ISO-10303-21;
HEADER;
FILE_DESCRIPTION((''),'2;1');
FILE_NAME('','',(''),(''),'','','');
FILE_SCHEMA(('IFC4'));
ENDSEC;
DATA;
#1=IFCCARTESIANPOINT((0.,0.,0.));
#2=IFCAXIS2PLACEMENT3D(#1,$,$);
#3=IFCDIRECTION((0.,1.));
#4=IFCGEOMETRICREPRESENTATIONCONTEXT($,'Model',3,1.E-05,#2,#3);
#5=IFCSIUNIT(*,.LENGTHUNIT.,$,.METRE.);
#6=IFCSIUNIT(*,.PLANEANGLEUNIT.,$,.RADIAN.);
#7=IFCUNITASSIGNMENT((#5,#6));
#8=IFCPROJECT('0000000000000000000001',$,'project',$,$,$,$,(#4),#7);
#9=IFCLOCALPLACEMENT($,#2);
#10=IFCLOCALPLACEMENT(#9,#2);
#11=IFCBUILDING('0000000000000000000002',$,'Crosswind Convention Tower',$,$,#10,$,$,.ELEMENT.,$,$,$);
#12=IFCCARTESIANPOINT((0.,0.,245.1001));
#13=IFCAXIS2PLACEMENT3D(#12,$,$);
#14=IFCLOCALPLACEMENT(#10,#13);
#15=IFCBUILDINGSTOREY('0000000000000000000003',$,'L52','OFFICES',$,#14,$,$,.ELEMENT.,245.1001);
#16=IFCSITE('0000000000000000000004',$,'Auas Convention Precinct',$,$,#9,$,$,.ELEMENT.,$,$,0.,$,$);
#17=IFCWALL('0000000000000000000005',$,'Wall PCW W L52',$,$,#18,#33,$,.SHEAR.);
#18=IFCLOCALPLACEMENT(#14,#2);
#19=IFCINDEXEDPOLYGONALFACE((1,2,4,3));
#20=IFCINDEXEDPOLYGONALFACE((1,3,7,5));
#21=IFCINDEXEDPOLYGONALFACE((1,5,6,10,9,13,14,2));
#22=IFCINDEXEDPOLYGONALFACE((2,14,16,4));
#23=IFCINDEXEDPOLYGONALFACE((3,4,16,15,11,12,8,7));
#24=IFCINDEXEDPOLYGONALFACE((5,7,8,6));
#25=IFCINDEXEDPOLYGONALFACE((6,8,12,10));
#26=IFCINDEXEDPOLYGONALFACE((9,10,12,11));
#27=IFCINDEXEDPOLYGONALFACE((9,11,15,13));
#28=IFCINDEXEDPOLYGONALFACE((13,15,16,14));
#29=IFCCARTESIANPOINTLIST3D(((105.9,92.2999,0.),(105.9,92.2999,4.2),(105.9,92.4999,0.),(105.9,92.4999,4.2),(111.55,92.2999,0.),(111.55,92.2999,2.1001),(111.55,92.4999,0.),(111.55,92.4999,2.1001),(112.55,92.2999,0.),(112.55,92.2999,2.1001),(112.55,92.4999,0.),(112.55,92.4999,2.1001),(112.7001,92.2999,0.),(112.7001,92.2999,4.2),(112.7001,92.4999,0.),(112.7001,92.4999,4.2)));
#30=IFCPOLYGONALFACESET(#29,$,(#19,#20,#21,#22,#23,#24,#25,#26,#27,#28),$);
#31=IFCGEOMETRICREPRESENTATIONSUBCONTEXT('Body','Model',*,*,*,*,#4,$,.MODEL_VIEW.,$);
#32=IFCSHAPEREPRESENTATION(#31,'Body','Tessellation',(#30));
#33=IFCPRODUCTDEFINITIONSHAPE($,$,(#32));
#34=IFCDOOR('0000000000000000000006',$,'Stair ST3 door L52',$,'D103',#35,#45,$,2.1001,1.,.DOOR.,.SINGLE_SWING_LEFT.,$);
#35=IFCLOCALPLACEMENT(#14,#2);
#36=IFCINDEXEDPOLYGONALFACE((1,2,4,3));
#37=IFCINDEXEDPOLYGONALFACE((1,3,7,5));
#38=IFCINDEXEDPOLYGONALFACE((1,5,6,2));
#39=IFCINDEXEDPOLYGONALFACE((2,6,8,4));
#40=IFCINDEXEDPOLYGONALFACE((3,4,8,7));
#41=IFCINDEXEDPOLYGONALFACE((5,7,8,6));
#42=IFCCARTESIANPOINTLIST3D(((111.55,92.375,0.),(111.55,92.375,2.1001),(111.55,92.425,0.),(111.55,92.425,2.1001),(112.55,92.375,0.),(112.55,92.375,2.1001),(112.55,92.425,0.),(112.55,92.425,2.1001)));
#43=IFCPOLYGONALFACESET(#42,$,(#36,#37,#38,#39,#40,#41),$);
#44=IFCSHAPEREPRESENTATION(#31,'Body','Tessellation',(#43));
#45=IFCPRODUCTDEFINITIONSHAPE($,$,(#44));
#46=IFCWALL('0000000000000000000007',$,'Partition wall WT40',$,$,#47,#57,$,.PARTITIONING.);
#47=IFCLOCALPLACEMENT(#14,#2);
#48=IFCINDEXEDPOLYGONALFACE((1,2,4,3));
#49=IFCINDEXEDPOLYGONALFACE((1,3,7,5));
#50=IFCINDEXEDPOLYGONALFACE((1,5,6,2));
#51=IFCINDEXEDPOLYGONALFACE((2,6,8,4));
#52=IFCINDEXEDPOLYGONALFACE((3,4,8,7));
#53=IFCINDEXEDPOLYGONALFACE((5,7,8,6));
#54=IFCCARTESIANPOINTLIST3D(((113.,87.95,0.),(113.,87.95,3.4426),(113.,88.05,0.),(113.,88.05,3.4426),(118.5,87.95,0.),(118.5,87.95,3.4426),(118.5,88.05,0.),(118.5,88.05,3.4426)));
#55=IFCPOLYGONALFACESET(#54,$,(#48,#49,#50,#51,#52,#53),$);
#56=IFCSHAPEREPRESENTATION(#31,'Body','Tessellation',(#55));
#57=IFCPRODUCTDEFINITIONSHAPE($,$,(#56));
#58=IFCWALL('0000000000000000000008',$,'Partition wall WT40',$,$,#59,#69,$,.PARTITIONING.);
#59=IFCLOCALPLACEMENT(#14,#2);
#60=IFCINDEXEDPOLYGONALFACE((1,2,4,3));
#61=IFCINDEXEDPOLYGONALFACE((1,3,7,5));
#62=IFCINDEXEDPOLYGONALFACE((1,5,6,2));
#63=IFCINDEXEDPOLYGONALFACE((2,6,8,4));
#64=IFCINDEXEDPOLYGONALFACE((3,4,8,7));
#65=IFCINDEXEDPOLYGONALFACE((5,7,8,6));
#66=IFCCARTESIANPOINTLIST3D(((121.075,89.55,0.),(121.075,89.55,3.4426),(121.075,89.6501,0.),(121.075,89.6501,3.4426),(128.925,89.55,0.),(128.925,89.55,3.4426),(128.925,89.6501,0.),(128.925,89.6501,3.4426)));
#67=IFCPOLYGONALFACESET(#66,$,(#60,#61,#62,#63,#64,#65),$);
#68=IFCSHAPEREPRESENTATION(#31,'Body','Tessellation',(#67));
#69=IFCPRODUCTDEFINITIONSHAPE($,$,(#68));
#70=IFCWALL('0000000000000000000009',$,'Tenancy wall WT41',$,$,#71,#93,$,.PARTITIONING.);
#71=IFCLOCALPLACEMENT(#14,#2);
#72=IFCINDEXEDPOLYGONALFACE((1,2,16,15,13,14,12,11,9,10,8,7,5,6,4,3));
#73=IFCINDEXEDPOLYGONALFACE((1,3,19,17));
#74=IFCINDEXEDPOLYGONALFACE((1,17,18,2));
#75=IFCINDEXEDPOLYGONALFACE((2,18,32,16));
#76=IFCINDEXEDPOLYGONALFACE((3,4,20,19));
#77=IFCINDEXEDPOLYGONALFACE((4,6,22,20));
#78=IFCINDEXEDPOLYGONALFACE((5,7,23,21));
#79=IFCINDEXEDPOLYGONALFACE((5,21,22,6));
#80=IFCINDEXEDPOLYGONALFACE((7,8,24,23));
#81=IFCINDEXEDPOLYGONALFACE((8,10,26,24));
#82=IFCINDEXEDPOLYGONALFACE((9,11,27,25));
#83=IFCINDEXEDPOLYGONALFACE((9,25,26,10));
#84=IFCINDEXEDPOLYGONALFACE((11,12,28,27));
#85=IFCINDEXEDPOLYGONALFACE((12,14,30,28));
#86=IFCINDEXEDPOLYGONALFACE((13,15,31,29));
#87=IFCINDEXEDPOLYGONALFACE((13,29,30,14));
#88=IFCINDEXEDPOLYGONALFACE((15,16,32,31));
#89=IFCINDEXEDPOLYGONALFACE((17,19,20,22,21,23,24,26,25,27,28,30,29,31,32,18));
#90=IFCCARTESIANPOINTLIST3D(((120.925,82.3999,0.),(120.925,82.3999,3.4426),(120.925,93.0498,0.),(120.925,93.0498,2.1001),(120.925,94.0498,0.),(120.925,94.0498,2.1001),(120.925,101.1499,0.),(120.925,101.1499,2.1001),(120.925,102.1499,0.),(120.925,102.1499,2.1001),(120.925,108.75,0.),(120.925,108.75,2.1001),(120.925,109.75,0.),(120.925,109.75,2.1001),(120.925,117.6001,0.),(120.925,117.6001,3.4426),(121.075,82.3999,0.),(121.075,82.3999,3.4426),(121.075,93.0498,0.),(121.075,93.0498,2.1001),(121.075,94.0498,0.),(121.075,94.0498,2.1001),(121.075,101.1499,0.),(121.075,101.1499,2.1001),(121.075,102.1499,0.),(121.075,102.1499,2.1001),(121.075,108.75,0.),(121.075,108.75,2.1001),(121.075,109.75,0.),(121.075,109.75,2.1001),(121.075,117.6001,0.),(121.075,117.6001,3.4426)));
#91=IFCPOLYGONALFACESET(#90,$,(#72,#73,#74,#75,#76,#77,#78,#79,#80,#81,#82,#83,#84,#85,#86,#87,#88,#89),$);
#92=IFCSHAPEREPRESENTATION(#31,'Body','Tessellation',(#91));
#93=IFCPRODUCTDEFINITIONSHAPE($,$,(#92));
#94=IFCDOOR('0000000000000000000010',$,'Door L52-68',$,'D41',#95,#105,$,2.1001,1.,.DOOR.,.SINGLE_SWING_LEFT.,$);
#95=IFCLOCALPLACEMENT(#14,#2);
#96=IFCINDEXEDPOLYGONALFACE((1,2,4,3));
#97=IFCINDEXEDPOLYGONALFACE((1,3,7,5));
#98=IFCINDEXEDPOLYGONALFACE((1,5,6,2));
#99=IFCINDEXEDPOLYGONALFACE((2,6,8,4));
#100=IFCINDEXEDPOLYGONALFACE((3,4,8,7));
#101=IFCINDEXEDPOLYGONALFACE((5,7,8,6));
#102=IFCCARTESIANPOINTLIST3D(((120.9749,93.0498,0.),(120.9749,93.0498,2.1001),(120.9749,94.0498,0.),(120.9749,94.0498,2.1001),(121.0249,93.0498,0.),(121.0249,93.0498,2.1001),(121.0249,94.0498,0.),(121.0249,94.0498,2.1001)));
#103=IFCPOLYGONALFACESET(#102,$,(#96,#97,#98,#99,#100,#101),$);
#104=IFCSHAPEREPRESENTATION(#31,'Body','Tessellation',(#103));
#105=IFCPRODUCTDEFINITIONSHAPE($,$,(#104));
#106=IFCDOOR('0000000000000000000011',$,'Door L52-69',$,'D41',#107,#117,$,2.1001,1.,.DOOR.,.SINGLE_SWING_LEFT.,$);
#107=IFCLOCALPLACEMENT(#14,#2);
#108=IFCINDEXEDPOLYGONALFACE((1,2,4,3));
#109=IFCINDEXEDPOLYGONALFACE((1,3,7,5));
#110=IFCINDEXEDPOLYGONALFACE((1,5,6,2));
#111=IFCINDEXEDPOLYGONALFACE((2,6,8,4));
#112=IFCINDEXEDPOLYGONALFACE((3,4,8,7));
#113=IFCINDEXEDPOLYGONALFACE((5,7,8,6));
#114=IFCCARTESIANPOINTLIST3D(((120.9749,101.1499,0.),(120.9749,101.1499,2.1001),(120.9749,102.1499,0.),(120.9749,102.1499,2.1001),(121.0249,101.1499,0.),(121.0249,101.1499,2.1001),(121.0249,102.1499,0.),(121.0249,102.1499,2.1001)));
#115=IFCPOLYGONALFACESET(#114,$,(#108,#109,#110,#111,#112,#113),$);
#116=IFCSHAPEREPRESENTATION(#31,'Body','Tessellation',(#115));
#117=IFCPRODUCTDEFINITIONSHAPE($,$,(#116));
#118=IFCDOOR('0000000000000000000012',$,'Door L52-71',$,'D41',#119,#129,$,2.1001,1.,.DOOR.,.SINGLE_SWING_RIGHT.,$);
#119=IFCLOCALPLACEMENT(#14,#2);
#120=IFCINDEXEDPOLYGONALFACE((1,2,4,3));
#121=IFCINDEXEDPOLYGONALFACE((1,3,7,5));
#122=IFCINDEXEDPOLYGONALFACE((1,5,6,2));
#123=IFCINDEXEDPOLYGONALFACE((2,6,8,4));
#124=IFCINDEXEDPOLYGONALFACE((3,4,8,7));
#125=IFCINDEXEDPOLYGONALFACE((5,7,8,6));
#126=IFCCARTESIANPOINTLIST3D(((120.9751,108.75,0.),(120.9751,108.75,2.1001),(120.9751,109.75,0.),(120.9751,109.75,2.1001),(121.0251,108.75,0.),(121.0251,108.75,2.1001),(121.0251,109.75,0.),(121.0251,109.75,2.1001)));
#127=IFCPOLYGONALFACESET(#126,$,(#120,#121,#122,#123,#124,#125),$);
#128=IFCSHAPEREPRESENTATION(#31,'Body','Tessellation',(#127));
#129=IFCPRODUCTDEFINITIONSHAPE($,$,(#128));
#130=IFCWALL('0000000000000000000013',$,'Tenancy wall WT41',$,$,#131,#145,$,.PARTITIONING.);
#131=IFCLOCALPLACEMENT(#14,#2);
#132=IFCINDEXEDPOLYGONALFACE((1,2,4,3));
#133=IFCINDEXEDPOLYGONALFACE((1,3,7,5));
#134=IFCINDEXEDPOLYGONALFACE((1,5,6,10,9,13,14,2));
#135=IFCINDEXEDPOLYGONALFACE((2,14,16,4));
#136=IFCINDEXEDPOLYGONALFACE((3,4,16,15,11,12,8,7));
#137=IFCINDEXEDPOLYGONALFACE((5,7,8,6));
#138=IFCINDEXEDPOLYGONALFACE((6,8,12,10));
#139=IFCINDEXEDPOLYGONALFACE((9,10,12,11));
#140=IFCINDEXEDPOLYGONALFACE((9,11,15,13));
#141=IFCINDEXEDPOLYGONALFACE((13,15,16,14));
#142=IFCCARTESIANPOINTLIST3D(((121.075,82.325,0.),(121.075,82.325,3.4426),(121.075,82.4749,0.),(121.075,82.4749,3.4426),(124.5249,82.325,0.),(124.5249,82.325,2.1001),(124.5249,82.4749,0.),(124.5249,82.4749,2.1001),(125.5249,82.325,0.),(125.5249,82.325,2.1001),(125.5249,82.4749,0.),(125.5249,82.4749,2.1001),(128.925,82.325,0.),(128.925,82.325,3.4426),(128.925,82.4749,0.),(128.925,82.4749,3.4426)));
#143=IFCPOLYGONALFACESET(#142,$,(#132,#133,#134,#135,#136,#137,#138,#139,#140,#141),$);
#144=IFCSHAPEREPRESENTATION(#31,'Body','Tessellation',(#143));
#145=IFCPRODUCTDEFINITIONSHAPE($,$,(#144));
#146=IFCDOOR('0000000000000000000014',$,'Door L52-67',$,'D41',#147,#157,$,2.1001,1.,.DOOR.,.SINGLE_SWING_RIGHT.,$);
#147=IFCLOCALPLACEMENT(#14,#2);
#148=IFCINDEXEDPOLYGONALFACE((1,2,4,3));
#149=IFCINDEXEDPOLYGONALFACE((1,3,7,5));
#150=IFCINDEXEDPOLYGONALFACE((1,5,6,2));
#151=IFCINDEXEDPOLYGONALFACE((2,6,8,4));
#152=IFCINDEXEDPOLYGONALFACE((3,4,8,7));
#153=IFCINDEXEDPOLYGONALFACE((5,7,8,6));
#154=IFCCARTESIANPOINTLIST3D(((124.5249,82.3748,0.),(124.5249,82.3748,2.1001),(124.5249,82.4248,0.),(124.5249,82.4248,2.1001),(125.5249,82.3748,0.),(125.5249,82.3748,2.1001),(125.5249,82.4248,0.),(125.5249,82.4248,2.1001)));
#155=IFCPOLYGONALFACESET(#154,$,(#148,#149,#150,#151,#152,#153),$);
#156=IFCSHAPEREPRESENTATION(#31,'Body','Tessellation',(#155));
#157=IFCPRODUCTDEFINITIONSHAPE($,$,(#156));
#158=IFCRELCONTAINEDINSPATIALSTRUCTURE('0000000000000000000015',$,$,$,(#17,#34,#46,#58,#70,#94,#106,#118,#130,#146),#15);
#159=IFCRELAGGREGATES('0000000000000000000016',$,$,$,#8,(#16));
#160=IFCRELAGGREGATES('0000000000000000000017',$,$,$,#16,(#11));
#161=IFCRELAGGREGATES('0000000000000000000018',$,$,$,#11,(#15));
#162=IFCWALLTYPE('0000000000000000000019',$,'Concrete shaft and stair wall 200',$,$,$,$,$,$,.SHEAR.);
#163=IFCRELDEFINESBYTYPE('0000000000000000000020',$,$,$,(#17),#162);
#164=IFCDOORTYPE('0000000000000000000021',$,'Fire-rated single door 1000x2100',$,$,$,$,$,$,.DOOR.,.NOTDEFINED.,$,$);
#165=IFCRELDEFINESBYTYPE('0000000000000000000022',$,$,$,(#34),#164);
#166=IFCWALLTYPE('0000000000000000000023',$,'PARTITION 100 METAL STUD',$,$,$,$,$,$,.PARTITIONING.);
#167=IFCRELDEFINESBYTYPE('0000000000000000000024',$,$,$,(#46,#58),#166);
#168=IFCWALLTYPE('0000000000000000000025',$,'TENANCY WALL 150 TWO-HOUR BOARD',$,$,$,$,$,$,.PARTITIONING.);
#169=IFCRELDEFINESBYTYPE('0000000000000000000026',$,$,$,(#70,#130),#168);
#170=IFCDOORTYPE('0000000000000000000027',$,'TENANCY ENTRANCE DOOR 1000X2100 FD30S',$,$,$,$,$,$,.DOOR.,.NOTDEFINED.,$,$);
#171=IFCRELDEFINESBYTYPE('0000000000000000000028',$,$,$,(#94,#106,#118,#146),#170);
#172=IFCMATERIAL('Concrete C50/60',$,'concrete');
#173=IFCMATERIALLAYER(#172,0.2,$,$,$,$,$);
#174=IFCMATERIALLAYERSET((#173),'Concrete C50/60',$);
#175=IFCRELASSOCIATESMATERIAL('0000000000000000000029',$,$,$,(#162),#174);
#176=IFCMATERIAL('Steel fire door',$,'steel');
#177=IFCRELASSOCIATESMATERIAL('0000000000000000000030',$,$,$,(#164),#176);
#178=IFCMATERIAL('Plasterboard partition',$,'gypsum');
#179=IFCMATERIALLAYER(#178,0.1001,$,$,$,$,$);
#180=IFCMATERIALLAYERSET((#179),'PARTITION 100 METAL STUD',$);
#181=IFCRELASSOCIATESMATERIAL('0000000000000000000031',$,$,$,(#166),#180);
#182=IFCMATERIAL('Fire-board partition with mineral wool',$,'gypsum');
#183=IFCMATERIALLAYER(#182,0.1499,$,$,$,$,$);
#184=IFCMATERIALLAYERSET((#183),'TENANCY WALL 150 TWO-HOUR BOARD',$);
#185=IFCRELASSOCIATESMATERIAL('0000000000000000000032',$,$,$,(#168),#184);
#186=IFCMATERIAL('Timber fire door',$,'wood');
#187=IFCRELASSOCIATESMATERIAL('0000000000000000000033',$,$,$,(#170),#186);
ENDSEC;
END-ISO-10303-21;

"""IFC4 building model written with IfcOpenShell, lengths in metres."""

from ifc_helpers import new_model, si_unit, direction, frame, frame_2d, origin, place, context, subcontext, project, spatial, rectangle, extrude, material, layer, layer_set, type_object, element, fill, save


model = new_model("IFC4")

# Units and contexts
model_context = context("Model", 3, precision=1e-05, world=origin(), true_north=direction((0.0, 1.0)))
body_context = subcontext(model_context, "Body", "Model", "MODEL_VIEW")
ifc_project = project(units=[si_unit("LENGTHUNIT", "METRE"), si_unit("PLANEANGLEUNIT", "RADIAN")], contexts=[model_context])

# Site, building, storey
site_placement = place(None, origin())
site = spatial("IfcSite", under=ifc_project, at=site_placement, Name="Auas Convention Precinct", CompositionType="ELEMENT", RefElevation=0.0)
building_placement = place(site_placement, origin())
building = spatial("IfcBuilding", under=site, at=building_placement, Name="Crosswind Convention Tower", CompositionType="ELEMENT")
storey_placement = place(building_placement, frame((0.0, 0.0, 245.1001)))
storey = spatial("IfcBuildingStorey", under=building, at=storey_placement, Name="L52", Description="OFFICES", CompositionType="ELEMENT", Elevation=245.1001)

# Shared definitions
ifc_material_1 = material(Name="Concrete C50/60", Category="concrete")

# Wall, opening, door
ifc_layer_1 = layer(ifc_material_1, 0.2)
ifc_layer_set_1 = layer_set([ifc_layer_1], Name="Concrete C50/60")
wall_type_1 = type_object("IfcWallType", Name="Concrete shaft and stair wall 200", PredefinedType="SHEAR", material=ifc_layer_set_1)
ifc_material_2 = material(Name="Steel fire door", Category="steel")
wall_1_placement = place(storey_placement, frame((112.7, 92.3999, 0.0), z_axis=(0.0, 0.0, 1.0), x_axis=(-1.0, 0.0, 0.0)))
wall_1 = element("IfcWall", 1, at=wall_1_placement, inside=storey, type_object=wall_type_1, Name="Wall PCW W L52", PredefinedType="SHEAR", context=body_context, shape_type="SweptSolid", body=[
    extrude(rectangle(XDim=6.8, YDim=0.2, at=frame_2d((3.3999, 0.0))), origin(), (0.0, 0.0, 1.0), 4.2),
])
opening_1_placement = place(wall_1_placement, frame((0.1499, 0.0, 0.0)))
opening_1 = element("IfcOpeningElement", 2, at=opening_1_placement, cuts=wall_1, PredefinedType="OPENING", context=body_context, shape_type="SweptSolid", body=[
    extrude(rectangle(XDim=1.0, YDim=2.1001, at=frame_2d((0.5, 1.05))), frame((0.0, 0.1099, 0.0), z_axis=(0.0, -1.0, 0.0), x_axis=(1.0, 0.0, 0.0)), (0.0, 0.0, 1.0), 0.22),
])
door_type_1 = type_object("IfcDoorType", Name="Fire-rated single door 1000x2100", OperationType="NOTDEFINED", PredefinedType="DOOR", material=ifc_material_2)
door_1_placement = place(opening_1_placement, origin())
door_1 = element("IfcDoor", 3, at=door_1_placement, inside=storey, type_object=door_type_1, Name="Stair ST3 door L52", ObjectType="D103", OperationType="SINGLE_SWING_LEFT", OverallHeight=2.1001, OverallWidth=1.0, PredefinedType="DOOR", context=body_context, shape_type="SweptSolid", body=[
    extrude(rectangle(XDim=1.0, YDim=2.1001, at=frame_2d((0.5, 1.05))), frame((0.0, 0.0249, 0.0), z_axis=(0.0, -1.0, 0.0), x_axis=(1.0, 0.0, 0.0)), (0.0, 0.0, 1.0), 0.05),
])
fill(opening_1, door_1)

# Walls
ifc_material_3 = material(Name="Plasterboard partition", Category="gypsum")
ifc_layer_2 = layer(ifc_material_3, 0.1001)
ifc_layer_set_2 = layer_set([ifc_layer_2], Name="PARTITION 100 METAL STUD")
wall_type_2 = type_object("IfcWallType", Name="PARTITION 100 METAL STUD", PredefinedType="PARTITIONING", material=ifc_layer_set_2)
wall_2_placement = place(storey_placement, frame((113.0, 88.0, 0.0), z_axis=(0.0, 0.0, 1.0), x_axis=(1.0, 0.0, 0.0)))
element("IfcWall", 4, at=wall_2_placement, inside=storey, type_object=wall_type_2, Name="Partition wall WT40", PredefinedType="PARTITIONING", context=body_context, shape_type="SweptSolid", body=[
    extrude(rectangle(XDim=5.5, YDim=0.1001, at=frame_2d((2.75, 0.0))), origin(), (0.0, 0.0, 1.0), 3.4426),
])
wall_3_placement = place(storey_placement, frame((121.075, 89.6001, 0.0), z_axis=(0.0, 0.0, 1.0), x_axis=(1.0, 0.0, 0.0)))
element("IfcWall", 5, at=wall_3_placement, inside=storey, type_object=wall_type_2, Name="Partition wall WT40", PredefinedType="PARTITIONING", context=body_context, shape_type="SweptSolid", body=[
    extrude(rectangle(XDim=7.8501, YDim=0.1001, at=frame_2d((3.925, 0.0))), origin(), (0.0, 0.0, 1.0), 3.4426),
])

# Wall, openings, doors
ifc_material_4 = material(Name="Fire-board partition with mineral wool", Category="gypsum")
ifc_layer_3 = layer(ifc_material_4, 0.1499)
ifc_layer_set_3 = layer_set([ifc_layer_3], Name="TENANCY WALL 150 TWO-HOUR BOARD")
wall_type_3 = type_object("IfcWallType", Name="TENANCY WALL 150 TWO-HOUR BOARD", PredefinedType="PARTITIONING", material=ifc_layer_set_3)
wall_4_placement = place(storey_placement, frame((121.0, 82.3999, 0.0), z_axis=(0.0, 0.0, 1.0), x_axis=(0.0, 1.0, 0.0)))
wall_4 = element("IfcWall", 6, at=wall_4_placement, inside=storey, type_object=wall_type_3, Name="Tenancy wall WT41", PredefinedType="PARTITIONING", context=body_context, shape_type="SweptSolid", body=[
    extrude(rectangle(XDim=35.2002, YDim=0.1499, at=frame_2d((17.6001, 0.0))), origin(), (0.0, 0.0, 1.0), 3.4426),
])
opening_2_placement = place(wall_4_placement, frame((10.6499, 0.0, 0.0)))
opening_2 = element("IfcOpeningElement", 7, at=opening_2_placement, cuts=wall_4, PredefinedType="OPENING", context=body_context, shape_type="SweptSolid", body=[
    extrude(rectangle(XDim=1.0, YDim=2.1001, at=frame_2d((0.5, 1.05))), frame((0.0, 0.085, 0.0), z_axis=(0.0, -1.0, 0.0), x_axis=(1.0, 0.0, 0.0)), (0.0, 0.0, 1.0), 0.1699),
])
opening_3_placement = place(wall_4_placement, frame((18.75, 0.0, 0.0)))
opening_3 = element("IfcOpeningElement", 8, at=opening_3_placement, cuts=wall_4, PredefinedType="OPENING", context=body_context, shape_type="SweptSolid", body=[
    extrude(rectangle(XDim=1.0, YDim=2.1001, at=frame_2d((0.5, 1.05))), frame((0.0, 0.085, 0.0), z_axis=(0.0, -1.0, 0.0), x_axis=(1.0, 0.0, 0.0)), (0.0, 0.0, 1.0), 0.1699),
])
opening_4_placement = place(wall_4_placement, frame((26.3501, 0.0, 0.0)))
opening_4 = element("IfcOpeningElement", 9, at=opening_4_placement, cuts=wall_4, PredefinedType="OPENING", context=body_context, shape_type="SweptSolid", body=[
    extrude(rectangle(XDim=1.0, YDim=2.1001, at=frame_2d((0.5, 1.05))), frame((0.0, 0.085, 0.0), z_axis=(0.0, -1.0, 0.0), x_axis=(1.0, 0.0, 0.0)), (0.0, 0.0, 1.0), 0.1699),
])
ifc_material_5 = material(Name="Timber fire door", Category="wood")
door_type_2 = type_object("IfcDoorType", Name="TENANCY ENTRANCE DOOR 1000X2100 FD30S", OperationType="NOTDEFINED", PredefinedType="DOOR", material=ifc_material_5)
door_2_placement = place(opening_2_placement, frame((1.0, 0.0, 0.0), z_axis=(0.0, 0.0, 1.0), x_axis=(-1.0, 0.0, 0.0)))
door_2 = element("IfcDoor", 10, at=door_2_placement, inside=storey, type_object=door_type_2, Name="Door L52-68", ObjectType="D41", OperationType="SINGLE_SWING_LEFT", OverallHeight=2.1001, OverallWidth=1.0, PredefinedType="DOOR", context=body_context, shape_type="SweptSolid", body=[
    extrude(rectangle(XDim=1.0, YDim=2.1001, at=frame_2d((0.5, 1.05))), frame((0.0, 0.0249, 0.0), z_axis=(0.0, -1.0, 0.0), x_axis=(1.0, 0.0, 0.0)), (0.0, 0.0, 1.0), 0.05),
])
fill(opening_2, door_2)
door_3_placement = place(opening_3_placement, frame((1.0, 0.0, 0.0), z_axis=(0.0, 0.0, 1.0), x_axis=(-1.0, 0.0, 0.0)))
door_3 = element("IfcDoor", 11, at=door_3_placement, inside=storey, type_object=door_type_2, Name="Door L52-69", ObjectType="D41", OperationType="SINGLE_SWING_LEFT", OverallHeight=2.1001, OverallWidth=1.0, PredefinedType="DOOR", context=body_context, shape_type="SweptSolid", body=[
    extrude(rectangle(XDim=1.0, YDim=2.1001, at=frame_2d((0.5, 1.05))), frame((0.0, 0.0249, 0.0), z_axis=(0.0, -1.0, 0.0), x_axis=(1.0, 0.0, 0.0)), (0.0, 0.0, 1.0), 0.05),
])
fill(opening_3, door_3)
door_4_placement = place(opening_4_placement, origin())
door_4 = element("IfcDoor", 12, at=door_4_placement, inside=storey, type_object=door_type_2, Name="Door L52-71", ObjectType="D41", OperationType="SINGLE_SWING_RIGHT", OverallHeight=2.1001, OverallWidth=1.0, PredefinedType="DOOR", context=body_context, shape_type="SweptSolid", body=[
    extrude(rectangle(XDim=1.0, YDim=2.1001, at=frame_2d((0.5, 1.05))), frame((0.0, 0.0249, 0.0), z_axis=(0.0, -1.0, 0.0), x_axis=(1.0, 0.0, 0.0)), (0.0, 0.0, 1.0), 0.05),
])
fill(opening_4, door_4)

# Wall, opening, door
wall_5_placement = place(storey_placement, frame((121.075, 82.3999, 0.0), z_axis=(0.0, 0.0, 1.0), x_axis=(1.0, 0.0, 0.0)))
wall_5 = element("IfcWall", 13, at=wall_5_placement, inside=storey, type_object=wall_type_3, Name="Tenancy wall WT41", PredefinedType="PARTITIONING", context=body_context, shape_type="SweptSolid", body=[
    extrude(rectangle(XDim=7.8501, YDim=0.1499, at=frame_2d((3.925, 0.0))), origin(), (0.0, 0.0, 1.0), 3.4426),
])
opening_5_placement = place(wall_5_placement, frame((3.45, 0.0, 0.0)))
opening_5 = element("IfcOpeningElement", 14, at=opening_5_placement, cuts=wall_5, PredefinedType="OPENING", context=body_context, shape_type="SweptSolid", body=[
    extrude(rectangle(XDim=1.0, YDim=2.1001, at=frame_2d((0.5, 1.05))), frame((0.0, 0.085, 0.0), z_axis=(0.0, -1.0, 0.0), x_axis=(1.0, 0.0, 0.0)), (0.0, 0.0, 1.0), 0.1699),
])
door_5_placement = place(opening_5_placement, origin())
door_5 = element("IfcDoor", 15, at=door_5_placement, inside=storey, type_object=door_type_2, Name="Door L52-67", ObjectType="D41", OperationType="SINGLE_SWING_RIGHT", OverallHeight=2.1001, OverallWidth=1.0, PredefinedType="DOOR", context=body_context, shape_type="SweptSolid", body=[
    extrude(rectangle(XDim=1.0, YDim=2.1001, at=frame_2d((0.5, 1.05))), frame((0.0, 0.0249, 0.0), z_axis=(0.0, -1.0, 0.0), x_axis=(1.0, 0.0, 0.0)), (0.0, 0.0, 1.0), 0.05),
])
fill(opening_5, door_5)

save(model, "model.ifc")
